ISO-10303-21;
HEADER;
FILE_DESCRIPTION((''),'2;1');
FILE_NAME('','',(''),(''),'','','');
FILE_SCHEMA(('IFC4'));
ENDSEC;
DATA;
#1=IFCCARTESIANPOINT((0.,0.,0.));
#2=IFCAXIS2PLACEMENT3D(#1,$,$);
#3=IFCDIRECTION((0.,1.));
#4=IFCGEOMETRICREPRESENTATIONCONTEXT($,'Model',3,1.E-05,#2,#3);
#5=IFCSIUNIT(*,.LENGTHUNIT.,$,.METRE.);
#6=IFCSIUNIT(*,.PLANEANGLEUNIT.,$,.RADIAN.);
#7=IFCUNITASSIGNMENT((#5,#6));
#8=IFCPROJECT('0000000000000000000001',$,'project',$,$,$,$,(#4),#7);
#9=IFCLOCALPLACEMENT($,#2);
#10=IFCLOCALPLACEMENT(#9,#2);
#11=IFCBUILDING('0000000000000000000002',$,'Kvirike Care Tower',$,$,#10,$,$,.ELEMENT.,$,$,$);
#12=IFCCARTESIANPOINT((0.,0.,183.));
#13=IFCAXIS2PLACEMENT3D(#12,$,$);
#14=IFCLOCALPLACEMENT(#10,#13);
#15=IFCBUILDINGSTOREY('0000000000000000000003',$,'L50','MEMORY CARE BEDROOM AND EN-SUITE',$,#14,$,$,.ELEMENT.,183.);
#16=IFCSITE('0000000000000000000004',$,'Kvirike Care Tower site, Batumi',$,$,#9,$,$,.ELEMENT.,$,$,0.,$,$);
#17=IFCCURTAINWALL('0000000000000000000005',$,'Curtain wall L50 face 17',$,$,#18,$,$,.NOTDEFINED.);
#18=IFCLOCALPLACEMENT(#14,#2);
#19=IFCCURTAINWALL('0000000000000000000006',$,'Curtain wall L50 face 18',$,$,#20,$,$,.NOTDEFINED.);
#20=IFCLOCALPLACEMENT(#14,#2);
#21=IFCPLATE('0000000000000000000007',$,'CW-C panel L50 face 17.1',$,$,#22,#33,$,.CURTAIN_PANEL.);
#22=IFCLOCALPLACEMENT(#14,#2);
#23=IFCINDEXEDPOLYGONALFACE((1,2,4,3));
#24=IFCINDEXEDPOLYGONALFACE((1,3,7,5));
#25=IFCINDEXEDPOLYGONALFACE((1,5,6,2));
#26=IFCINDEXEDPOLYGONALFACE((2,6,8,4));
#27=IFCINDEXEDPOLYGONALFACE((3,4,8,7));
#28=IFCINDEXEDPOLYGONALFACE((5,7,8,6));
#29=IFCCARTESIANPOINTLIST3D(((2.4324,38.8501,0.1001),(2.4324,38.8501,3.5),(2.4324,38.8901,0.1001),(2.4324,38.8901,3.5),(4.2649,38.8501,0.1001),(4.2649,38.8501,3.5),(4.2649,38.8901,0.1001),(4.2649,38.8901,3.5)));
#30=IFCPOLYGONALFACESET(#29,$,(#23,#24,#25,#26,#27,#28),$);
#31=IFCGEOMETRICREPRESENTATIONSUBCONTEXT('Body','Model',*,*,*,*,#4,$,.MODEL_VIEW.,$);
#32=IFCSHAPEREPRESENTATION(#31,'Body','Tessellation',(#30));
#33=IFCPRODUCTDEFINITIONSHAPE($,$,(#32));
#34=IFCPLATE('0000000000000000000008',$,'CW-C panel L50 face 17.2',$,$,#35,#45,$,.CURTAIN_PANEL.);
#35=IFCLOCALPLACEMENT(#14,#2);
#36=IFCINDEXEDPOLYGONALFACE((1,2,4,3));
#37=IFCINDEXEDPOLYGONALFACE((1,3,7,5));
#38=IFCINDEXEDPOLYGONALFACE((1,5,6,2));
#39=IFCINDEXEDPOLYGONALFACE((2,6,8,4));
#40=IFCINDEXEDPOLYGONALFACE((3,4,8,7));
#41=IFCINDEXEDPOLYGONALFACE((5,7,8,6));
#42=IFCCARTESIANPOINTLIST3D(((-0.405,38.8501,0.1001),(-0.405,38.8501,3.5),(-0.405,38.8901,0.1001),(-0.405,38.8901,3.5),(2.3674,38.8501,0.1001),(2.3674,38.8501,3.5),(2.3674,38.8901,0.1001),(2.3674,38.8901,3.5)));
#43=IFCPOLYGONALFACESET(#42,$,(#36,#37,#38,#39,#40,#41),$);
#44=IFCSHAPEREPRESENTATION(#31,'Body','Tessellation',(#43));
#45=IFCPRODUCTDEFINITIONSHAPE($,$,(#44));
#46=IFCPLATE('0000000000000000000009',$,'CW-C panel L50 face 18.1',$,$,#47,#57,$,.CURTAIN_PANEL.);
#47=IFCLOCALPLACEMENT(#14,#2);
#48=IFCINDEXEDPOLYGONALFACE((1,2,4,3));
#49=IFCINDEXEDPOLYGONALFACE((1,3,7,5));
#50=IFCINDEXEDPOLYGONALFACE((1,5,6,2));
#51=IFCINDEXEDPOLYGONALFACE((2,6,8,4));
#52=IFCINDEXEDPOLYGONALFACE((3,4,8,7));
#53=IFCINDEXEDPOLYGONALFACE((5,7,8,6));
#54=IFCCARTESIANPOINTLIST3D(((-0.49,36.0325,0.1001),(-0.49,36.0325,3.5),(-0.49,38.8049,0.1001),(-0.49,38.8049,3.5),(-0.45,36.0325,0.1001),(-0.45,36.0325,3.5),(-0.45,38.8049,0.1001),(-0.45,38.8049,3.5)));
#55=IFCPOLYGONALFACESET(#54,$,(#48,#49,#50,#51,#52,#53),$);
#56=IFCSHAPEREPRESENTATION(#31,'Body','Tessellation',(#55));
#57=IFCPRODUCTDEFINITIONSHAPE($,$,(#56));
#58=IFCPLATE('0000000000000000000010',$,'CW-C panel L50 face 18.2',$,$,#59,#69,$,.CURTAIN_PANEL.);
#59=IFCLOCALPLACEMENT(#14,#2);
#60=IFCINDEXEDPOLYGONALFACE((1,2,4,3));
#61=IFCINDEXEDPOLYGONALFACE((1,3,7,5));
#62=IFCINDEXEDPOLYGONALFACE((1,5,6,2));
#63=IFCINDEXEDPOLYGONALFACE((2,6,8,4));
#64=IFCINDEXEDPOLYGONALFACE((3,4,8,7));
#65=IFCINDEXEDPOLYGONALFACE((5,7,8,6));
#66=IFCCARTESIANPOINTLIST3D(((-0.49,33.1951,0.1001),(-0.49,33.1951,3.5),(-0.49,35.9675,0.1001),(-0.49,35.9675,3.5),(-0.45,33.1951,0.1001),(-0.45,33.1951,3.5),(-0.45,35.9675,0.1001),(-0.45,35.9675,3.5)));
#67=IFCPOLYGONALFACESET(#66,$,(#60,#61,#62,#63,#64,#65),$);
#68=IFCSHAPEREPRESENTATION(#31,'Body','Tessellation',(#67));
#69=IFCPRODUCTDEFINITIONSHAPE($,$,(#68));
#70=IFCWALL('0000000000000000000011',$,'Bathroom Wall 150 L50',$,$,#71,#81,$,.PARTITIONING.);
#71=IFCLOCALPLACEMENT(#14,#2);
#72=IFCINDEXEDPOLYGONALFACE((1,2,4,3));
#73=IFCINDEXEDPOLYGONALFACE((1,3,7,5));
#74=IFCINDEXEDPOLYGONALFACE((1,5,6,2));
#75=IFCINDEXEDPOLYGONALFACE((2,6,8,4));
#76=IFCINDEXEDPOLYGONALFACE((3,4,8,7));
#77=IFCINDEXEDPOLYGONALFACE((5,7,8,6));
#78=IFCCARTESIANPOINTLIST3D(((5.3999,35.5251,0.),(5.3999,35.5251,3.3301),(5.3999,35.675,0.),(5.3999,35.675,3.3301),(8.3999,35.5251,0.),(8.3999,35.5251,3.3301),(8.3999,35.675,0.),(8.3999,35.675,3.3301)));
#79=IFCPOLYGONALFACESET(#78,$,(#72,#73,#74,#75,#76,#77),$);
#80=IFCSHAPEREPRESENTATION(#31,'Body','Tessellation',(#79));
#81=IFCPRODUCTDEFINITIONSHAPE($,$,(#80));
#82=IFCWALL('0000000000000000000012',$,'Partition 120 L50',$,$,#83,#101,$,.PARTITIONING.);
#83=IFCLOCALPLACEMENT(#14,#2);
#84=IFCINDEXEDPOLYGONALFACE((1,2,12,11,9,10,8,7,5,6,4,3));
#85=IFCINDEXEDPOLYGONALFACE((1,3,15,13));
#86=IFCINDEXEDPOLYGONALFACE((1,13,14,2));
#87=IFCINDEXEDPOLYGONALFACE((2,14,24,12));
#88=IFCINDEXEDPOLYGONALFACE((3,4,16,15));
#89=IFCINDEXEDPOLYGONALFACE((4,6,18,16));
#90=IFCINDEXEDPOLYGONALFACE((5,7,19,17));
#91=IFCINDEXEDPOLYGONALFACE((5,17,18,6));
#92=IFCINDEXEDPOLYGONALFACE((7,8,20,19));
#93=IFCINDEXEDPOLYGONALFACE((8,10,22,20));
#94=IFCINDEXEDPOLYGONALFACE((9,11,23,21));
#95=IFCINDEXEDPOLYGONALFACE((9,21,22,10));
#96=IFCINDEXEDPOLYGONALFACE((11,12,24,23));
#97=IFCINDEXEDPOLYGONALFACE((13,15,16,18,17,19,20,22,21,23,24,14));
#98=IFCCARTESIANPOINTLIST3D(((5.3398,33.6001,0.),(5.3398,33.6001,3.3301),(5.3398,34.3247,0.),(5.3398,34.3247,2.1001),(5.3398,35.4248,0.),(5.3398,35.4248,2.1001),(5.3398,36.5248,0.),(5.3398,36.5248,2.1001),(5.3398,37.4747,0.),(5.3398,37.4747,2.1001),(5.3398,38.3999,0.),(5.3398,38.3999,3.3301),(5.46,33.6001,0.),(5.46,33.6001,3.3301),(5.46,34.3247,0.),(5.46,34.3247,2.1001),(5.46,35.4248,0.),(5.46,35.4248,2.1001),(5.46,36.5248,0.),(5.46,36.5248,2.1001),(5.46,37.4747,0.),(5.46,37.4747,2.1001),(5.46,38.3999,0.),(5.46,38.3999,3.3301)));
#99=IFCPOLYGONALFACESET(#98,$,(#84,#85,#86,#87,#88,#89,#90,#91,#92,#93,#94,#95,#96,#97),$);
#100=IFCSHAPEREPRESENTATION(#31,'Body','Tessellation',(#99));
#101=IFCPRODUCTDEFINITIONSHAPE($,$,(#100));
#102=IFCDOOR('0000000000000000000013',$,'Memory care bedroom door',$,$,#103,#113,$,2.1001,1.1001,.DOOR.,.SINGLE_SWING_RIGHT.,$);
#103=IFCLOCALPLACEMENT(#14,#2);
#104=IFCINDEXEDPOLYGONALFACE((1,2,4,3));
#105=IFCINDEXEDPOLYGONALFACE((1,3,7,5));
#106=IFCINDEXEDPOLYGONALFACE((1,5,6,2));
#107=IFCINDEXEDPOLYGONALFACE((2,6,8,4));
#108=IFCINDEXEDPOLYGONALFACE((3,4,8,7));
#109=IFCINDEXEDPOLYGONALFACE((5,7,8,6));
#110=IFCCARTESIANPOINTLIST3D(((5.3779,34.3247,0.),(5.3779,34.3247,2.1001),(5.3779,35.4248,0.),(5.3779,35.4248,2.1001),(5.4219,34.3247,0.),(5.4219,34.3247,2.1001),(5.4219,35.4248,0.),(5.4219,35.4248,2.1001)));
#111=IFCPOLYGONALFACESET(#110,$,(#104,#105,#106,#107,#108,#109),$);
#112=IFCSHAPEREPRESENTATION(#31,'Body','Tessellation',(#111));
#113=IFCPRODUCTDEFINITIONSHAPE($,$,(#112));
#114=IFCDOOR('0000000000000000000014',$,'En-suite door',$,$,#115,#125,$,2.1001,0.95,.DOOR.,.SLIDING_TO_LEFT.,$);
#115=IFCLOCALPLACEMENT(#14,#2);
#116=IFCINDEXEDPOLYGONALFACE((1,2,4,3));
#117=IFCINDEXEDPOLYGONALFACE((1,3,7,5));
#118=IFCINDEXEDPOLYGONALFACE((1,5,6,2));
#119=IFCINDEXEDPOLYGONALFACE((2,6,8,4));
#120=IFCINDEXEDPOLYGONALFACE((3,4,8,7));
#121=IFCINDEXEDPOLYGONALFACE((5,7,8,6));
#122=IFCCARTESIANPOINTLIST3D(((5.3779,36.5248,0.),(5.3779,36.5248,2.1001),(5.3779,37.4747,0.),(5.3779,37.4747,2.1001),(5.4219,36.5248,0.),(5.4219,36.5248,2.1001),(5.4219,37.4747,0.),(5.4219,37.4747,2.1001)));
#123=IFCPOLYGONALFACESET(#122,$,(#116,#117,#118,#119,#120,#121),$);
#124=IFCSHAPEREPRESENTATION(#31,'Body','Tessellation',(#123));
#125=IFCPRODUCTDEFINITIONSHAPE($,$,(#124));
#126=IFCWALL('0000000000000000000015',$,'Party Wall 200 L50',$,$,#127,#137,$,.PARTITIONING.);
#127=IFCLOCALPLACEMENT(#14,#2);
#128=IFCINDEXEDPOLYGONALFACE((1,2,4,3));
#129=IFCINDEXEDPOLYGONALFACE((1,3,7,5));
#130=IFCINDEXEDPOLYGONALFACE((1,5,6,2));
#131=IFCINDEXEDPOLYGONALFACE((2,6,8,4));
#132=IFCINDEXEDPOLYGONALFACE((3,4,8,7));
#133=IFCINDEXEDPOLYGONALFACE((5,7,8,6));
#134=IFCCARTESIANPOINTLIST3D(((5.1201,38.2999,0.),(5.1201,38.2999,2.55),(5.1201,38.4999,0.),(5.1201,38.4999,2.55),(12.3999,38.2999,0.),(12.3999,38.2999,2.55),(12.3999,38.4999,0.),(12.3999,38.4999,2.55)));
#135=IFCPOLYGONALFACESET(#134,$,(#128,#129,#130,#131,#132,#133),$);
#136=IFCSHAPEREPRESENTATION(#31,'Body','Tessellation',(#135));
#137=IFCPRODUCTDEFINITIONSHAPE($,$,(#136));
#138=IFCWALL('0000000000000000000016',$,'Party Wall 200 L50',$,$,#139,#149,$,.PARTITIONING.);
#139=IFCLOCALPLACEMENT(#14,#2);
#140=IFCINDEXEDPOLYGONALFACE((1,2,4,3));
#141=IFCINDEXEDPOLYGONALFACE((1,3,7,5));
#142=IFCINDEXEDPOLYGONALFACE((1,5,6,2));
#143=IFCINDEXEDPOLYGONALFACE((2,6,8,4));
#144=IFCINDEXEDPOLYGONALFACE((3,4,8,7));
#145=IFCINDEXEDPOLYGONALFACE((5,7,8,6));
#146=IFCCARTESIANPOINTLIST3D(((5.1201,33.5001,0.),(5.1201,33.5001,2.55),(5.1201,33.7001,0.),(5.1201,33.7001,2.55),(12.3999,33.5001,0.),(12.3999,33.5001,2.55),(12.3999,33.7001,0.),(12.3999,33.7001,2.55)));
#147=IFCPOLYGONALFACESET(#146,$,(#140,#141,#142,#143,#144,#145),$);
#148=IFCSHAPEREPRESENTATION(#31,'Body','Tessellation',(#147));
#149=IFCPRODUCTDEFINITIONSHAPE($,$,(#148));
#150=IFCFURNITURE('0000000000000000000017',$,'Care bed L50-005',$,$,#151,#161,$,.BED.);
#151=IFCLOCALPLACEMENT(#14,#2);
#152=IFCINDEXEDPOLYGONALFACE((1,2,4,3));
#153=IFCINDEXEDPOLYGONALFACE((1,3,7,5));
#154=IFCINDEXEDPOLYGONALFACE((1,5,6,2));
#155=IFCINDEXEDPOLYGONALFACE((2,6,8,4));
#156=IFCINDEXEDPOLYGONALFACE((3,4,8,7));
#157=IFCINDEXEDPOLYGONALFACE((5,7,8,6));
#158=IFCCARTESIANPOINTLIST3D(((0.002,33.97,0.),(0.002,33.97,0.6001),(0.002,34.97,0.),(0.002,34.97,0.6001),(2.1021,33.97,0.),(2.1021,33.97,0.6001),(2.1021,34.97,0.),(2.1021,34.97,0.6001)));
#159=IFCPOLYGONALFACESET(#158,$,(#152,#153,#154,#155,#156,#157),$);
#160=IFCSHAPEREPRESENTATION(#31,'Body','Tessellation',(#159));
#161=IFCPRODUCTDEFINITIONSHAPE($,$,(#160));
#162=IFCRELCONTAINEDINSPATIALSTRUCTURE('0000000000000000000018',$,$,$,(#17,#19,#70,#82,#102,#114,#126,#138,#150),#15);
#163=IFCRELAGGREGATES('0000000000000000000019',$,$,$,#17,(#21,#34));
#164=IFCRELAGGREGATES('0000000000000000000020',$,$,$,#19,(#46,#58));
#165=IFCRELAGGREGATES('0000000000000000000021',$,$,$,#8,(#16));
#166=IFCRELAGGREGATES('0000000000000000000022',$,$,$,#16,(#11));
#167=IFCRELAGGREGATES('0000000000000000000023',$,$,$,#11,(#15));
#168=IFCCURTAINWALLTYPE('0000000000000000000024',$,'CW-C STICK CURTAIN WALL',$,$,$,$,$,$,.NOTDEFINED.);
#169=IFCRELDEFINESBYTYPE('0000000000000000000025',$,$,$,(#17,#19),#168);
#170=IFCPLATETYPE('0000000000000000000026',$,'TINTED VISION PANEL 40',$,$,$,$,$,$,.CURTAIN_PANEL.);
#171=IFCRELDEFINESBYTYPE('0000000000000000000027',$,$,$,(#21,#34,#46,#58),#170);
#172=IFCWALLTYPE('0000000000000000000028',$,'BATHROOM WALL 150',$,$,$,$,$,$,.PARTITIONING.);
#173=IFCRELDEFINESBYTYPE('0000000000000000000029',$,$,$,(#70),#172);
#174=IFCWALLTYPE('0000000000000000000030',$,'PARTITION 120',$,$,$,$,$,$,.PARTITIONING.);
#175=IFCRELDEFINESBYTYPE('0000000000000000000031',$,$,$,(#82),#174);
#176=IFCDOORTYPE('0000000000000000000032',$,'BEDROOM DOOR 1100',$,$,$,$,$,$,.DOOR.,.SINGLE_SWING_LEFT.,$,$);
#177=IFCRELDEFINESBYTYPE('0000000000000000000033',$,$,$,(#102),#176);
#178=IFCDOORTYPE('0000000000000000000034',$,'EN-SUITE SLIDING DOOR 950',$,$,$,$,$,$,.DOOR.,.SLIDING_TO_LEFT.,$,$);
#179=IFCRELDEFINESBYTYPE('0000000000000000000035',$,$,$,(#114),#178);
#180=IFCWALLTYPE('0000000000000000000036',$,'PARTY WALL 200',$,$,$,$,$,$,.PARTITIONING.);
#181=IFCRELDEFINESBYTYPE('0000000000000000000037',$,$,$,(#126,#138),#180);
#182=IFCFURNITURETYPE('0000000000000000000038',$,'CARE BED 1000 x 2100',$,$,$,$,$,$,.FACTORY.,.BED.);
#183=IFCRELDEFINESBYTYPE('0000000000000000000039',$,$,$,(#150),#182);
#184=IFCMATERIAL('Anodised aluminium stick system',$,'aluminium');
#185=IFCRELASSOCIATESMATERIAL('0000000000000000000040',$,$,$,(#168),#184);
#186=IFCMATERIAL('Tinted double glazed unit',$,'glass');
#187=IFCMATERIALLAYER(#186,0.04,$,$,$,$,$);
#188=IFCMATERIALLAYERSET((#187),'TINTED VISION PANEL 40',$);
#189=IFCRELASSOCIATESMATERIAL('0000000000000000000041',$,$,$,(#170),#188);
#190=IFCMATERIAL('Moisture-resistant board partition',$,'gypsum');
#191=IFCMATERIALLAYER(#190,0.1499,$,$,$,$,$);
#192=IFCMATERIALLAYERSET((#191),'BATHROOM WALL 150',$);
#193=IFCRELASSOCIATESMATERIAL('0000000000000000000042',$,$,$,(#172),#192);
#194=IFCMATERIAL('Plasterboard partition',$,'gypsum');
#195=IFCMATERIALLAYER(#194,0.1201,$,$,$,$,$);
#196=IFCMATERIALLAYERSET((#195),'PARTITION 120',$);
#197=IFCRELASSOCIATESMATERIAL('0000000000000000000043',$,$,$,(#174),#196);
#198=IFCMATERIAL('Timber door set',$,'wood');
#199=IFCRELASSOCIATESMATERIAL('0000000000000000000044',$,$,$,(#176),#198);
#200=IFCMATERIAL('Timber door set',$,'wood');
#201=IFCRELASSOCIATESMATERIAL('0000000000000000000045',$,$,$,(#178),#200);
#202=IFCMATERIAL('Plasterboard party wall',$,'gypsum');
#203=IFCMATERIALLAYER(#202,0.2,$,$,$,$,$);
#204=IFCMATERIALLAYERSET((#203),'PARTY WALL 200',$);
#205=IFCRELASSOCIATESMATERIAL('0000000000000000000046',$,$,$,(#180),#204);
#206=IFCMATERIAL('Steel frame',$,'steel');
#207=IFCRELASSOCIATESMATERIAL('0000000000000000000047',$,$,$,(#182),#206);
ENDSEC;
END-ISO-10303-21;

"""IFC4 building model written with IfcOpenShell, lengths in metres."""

from ifc_helpers import new_model, si_unit, direction, frame, frame_2d, origin, origin_2d, place, context, subcontext, project, spatial, rectangle, extrude, material, layer, layer_set, type_object, element, fill, aggregate, save


model = new_model("IFC4")

# Units and contexts
model_context = context("Model", 3, precision=1e-05, world=origin(), true_north=direction((0.0, 1.0)))
body_context = subcontext(model_context, "Body", "Model", "MODEL_VIEW")
ifc_project = project(units=[si_unit("LENGTHUNIT", "METRE"), si_unit("PLANEANGLEUNIT", "RADIAN")], contexts=[model_context])

# Site, building, storey
site_placement = place(None, origin())
site = spatial("IfcSite", under=ifc_project, at=site_placement, Name="Kvirike Care Tower site, Batumi", CompositionType="ELEMENT", RefElevation=0.0)
building_placement = place(site_placement, origin())
building = spatial("IfcBuilding", under=site, at=building_placement, Name="Kvirike Care Tower", CompositionType="ELEMENT")
storey_placement = place(building_placement, frame((0.0, 0.0, 183.0)))
storey = spatial("IfcBuildingStorey", under=building, at=storey_placement, Name="L50", Description="MEMORY CARE BEDROOM AND EN-SUITE", CompositionType="ELEMENT", Elevation=183.0)

# Curtain wall
ifc_material_1 = material(Name="Anodised aluminium stick system", Category="aluminium")
curtain_wall_type = type_object("IfcCurtainWallType", Name="CW-C STICK CURTAIN WALL", PredefinedType="NOTDEFINED", material=ifc_material_1)
curtain_wall_1_placement = place(storey_placement, origin())
curtain_wall_1 = element("IfcCurtainWall", 1, at=curtain_wall_1_placement, inside=storey, type_object=curtain_wall_type, Name="Curtain wall L50 face 17", PredefinedType="NOTDEFINED")

# Curtain wall
curtain_wall_2_placement = place(storey_placement, origin())
curtain_wall_2 = element("IfcCurtainWall", 2, at=curtain_wall_2_placement, inside=storey, type_object=curtain_wall_type, Name="Curtain wall L50 face 18", PredefinedType="NOTDEFINED")

# Plates
ifc_material_2 = material(Name="Tinted double glazed unit", Category="glass")
ifc_layer_1 = layer(ifc_material_2, 0.04)
ifc_layer_set_1 = layer_set([ifc_layer_1], Name="TINTED VISION PANEL 40")
plate_type = type_object("IfcPlateType", Name="TINTED VISION PANEL 40", PredefinedType="CURTAIN_PANEL", material=ifc_layer_set_1)
plate_1_placement = place(storey_placement, frame((3.3486, 38.8701, 0.1001), z_axis=(0.0, 0.0, 1.0), x_axis=(-1.0, 0.0, 0.0)))
plate_1 = element("IfcPlate", 3, at=plate_1_placement, type_object=plate_type, Name="CW-C panel L50 face 17.1", PredefinedType="CURTAIN_PANEL", context=body_context, shape_type="SweptSolid", body=[
    extrude(rectangle(XDim=1.8325, YDim=0.04, at=origin_2d()), origin(), (0.0, 0.0, 1.0), 3.3999),
])
plate_2_placement = place(storey_placement, frame((0.9812, 38.8701, 0.1001), z_axis=(0.0, 0.0, 1.0), x_axis=(-1.0, 0.0, 0.0)))
plate_2 = element("IfcPlate", 4, at=plate_2_placement, type_object=plate_type, Name="CW-C panel L50 face 17.2", PredefinedType="CURTAIN_PANEL", context=body_context, shape_type="SweptSolid", body=[
    extrude(rectangle(XDim=2.7725, YDim=0.04, at=origin_2d()), origin(), (0.0, 0.0, 1.0), 3.3999),
])
aggregate(curtain_wall_1, [plate_1, plate_2])
plate_3_placement = place(storey_placement, frame((-0.47, 37.4187, 0.1001), z_axis=(0.0, 0.0, 1.0), x_axis=(0.0, -1.0, 0.0)))
plate_3 = element("IfcPlate", 5, at=plate_3_placement, type_object=plate_type, Name="CW-C panel L50 face 18.1", PredefinedType="CURTAIN_PANEL", context=body_context, shape_type="SweptSolid", body=[
    extrude(rectangle(XDim=2.7725, YDim=0.04, at=origin_2d()), origin(), (0.0, 0.0, 1.0), 3.3999),
])
plate_4_placement = place(storey_placement, frame((-0.47, 34.5813, 0.1001), z_axis=(0.0, 0.0, 1.0), x_axis=(0.0, -1.0, 0.0)))
plate_4 = element("IfcPlate", 6, at=plate_4_placement, type_object=plate_type, Name="CW-C panel L50 face 18.2", PredefinedType="CURTAIN_PANEL", context=body_context, shape_type="SweptSolid", body=[
    extrude(rectangle(XDim=2.7725, YDim=0.04, at=origin_2d()), origin(), (0.0, 0.0, 1.0), 3.3999),
])
aggregate(curtain_wall_2, [plate_3, plate_4])

# Wall
ifc_material_3 = material(Name="Moisture-resistant board partition", Category="gypsum")
ifc_layer_2 = layer(ifc_material_3, 0.1499)
ifc_layer_set_2 = layer_set([ifc_layer_2], Name="BATHROOM WALL 150")
wall_type_1 = type_object("IfcWallType", Name="BATHROOM WALL 150", PredefinedType="PARTITIONING", material=ifc_layer_set_2)
wall_1_placement = place(storey_placement, frame((5.3999, 35.6001, 0.0), z_axis=(0.0, 0.0, 1.0), x_axis=(1.0, 0.0, 0.0)))
element("IfcWall", 7, at=wall_1_placement, inside=storey, type_object=wall_type_1, Name="Bathroom Wall 150 L50", PredefinedType="PARTITIONING", context=body_context, shape_type="SweptSolid", body=[
    extrude(rectangle(XDim=3.0, YDim=0.1499, at=frame_2d((1.5, 0.0))), origin(), (0.0, 0.0, 1.0), 3.3301),
])

# Wall, openings, doors
ifc_material_4 = material(Name="Plasterboard partition", Category="gypsum")
ifc_layer_3 = layer(ifc_material_4, 0.1201)
ifc_layer_set_3 = layer_set([ifc_layer_3], Name="PARTITION 120")
wall_type_2 = type_object("IfcWallType", Name="PARTITION 120", PredefinedType="PARTITIONING", material=ifc_layer_set_3)
wall_2_placement = place(storey_placement, frame((5.3999, 38.3999, 0.0), z_axis=(0.0, 0.0, 1.0), x_axis=(0.0, -1.0, 0.0)))
wall_2 = element("IfcWall", 8, at=wall_2_placement, inside=storey, type_object=wall_type_2, Name="Partition 120 L50", PredefinedType="PARTITIONING", context=body_context, shape_type="SweptSolid", body=[
    extrude(rectangle(XDim=4.7998, YDim=0.1201, at=frame_2d((2.3999, 0.0))), origin(), (0.0, 0.0, 1.0), 3.3301),
])
opening_1_placement = place(wall_2_placement, frame((2.9751, 0.0, 0.0)))
opening_1 = element("IfcOpeningElement", 9, at=opening_1_placement, cuts=wall_2, PredefinedType="OPENING", context=body_context, shape_type="SweptSolid", body=[
    extrude(rectangle(XDim=1.1001, YDim=2.1001, at=frame_2d((0.55, 1.05))), frame((0.0, 0.0706, 0.0), z_axis=(0.0, -1.0, 0.0), x_axis=(1.0, 0.0, 0.0)), (0.0, 0.0, 1.0), 0.1411),
])
opening_2_placement = place(wall_2_placement, frame((0.925, 0.0, 0.0)))
opening_2 = element("IfcOpeningElement", 10, at=opening_2_placement, cuts=wall_2, PredefinedType="OPENING", context=body_context, shape_type="SweptSolid", body=[
    extrude(rectangle(XDim=0.95, YDim=2.1001, at=frame_2d((0.4751, 1.05))), frame((0.0, 0.0706, 0.0), z_axis=(0.0, -1.0, 0.0), x_axis=(1.0, 0.0, 0.0)), (0.0, 0.0, 1.0), 0.1411),
])
ifc_material_5 = material(Name="Timber door set", Category="wood")
door_type_1 = type_object("IfcDoorType", Name="BEDROOM DOOR 1100", OperationType="SINGLE_SWING_LEFT", PredefinedType="DOOR", material=ifc_material_5)
door_1_placement = place(opening_1_placement, origin())
door_1 = element("IfcDoor", 11, at=door_1_placement, inside=storey, type_object=door_type_1, Name="Memory care bedroom door", OperationType="SINGLE_SWING_RIGHT", OverallHeight=2.1001, OverallWidth=1.1001, PredefinedType="DOOR", context=body_context, shape_type="SweptSolid", body=[
    extrude(rectangle(XDim=1.1001, YDim=2.1001, at=frame_2d((0.55, 1.05))), frame((0.0, 0.022, 0.0), z_axis=(0.0, -1.0, 0.0), x_axis=(1.0, 0.0, 0.0)), (0.0, 0.0, 1.0), 0.0439),
])
fill(opening_1, door_1)
ifc_material_6 = material(Name="Timber door set", Category="wood")
door_type_2 = type_object("IfcDoorType", Name="EN-SUITE SLIDING DOOR 950", OperationType="SLIDING_TO_LEFT", PredefinedType="DOOR", material=ifc_material_6)
door_2_placement = place(opening_2_placement, origin())
door_2 = element("IfcDoor", 12, at=door_2_placement, inside=storey, type_object=door_type_2, Name="En-suite door", OperationType="SLIDING_TO_LEFT", OverallHeight=2.1001, OverallWidth=0.95, PredefinedType="DOOR", context=body_context, shape_type="SweptSolid", body=[
    extrude(rectangle(XDim=0.95, YDim=2.1001, at=frame_2d((0.4751, 1.05))), frame((0.0, 0.022, 0.0), z_axis=(0.0, -1.0, 0.0), x_axis=(1.0, 0.0, 0.0)), (0.0, 0.0, 1.0), 0.0439),
])
fill(opening_2, door_2)

# Walls
ifc_material_7 = material(Name="Plasterboard party wall", Category="gypsum")
ifc_layer_4 = layer(ifc_material_7, 0.2)
ifc_layer_set_4 = layer_set([ifc_layer_4], Name="PARTY WALL 200")
wall_type_3 = type_object("IfcWallType", Name="PARTY WALL 200", PredefinedType="PARTITIONING", material=ifc_layer_set_4)
for number, where, z_axis, x_axis, name in (
    (13, (5.1201, 38.3999, 0.0), (0.0, 0.0, 1.0), (1.0, 0.0, 0.0), "Party Wall 200 L50"),
    (14, (5.1201, 33.6001, 0.0), (0.0, 0.0, 1.0), (1.0, 0.0, 0.0), "Party Wall 200 L50"),
):
    element("IfcWall", number, at=place(storey_placement, frame(where, z_axis=z_axis, x_axis=x_axis)), inside=storey, type_object=wall_type_3, Name=name, PredefinedType="PARTITIONING", context=body_context, shape_type="SweptSolid", body=[
        extrude(rectangle(XDim=7.2798, YDim=0.2, at=frame_2d((3.6399, 0.0))), origin(), (0.0, 0.0, 1.0), 2.55),
    ])

# Furniture
ifc_material_8 = material(Name="Steel frame", Category="steel")
furniture_type = type_object("IfcFurnitureType", Name="CARE BED 1000 x 2100", AssemblyPlace="FACTORY", PredefinedType="BED", material=ifc_material_8)
furniture_placement = place(storey_placement, frame((1.052, 34.47, 0.0), z_axis=(0.0, 0.0, 1.0), x_axis=(0.0, 1.0, 0.0)))
element("IfcFurniture", 15, at=furniture_placement, inside=storey, type_object=furniture_type, Name="Care bed L50-005", PredefinedType="BED", context=body_context, shape_type="SweptSolid", body=[
    extrude(rectangle(XDim=1.0, YDim=2.1001, at=origin_2d()), origin(), (0.0, 0.0, 1.0), 0.6001),
])

save(model, "model.ifc")
